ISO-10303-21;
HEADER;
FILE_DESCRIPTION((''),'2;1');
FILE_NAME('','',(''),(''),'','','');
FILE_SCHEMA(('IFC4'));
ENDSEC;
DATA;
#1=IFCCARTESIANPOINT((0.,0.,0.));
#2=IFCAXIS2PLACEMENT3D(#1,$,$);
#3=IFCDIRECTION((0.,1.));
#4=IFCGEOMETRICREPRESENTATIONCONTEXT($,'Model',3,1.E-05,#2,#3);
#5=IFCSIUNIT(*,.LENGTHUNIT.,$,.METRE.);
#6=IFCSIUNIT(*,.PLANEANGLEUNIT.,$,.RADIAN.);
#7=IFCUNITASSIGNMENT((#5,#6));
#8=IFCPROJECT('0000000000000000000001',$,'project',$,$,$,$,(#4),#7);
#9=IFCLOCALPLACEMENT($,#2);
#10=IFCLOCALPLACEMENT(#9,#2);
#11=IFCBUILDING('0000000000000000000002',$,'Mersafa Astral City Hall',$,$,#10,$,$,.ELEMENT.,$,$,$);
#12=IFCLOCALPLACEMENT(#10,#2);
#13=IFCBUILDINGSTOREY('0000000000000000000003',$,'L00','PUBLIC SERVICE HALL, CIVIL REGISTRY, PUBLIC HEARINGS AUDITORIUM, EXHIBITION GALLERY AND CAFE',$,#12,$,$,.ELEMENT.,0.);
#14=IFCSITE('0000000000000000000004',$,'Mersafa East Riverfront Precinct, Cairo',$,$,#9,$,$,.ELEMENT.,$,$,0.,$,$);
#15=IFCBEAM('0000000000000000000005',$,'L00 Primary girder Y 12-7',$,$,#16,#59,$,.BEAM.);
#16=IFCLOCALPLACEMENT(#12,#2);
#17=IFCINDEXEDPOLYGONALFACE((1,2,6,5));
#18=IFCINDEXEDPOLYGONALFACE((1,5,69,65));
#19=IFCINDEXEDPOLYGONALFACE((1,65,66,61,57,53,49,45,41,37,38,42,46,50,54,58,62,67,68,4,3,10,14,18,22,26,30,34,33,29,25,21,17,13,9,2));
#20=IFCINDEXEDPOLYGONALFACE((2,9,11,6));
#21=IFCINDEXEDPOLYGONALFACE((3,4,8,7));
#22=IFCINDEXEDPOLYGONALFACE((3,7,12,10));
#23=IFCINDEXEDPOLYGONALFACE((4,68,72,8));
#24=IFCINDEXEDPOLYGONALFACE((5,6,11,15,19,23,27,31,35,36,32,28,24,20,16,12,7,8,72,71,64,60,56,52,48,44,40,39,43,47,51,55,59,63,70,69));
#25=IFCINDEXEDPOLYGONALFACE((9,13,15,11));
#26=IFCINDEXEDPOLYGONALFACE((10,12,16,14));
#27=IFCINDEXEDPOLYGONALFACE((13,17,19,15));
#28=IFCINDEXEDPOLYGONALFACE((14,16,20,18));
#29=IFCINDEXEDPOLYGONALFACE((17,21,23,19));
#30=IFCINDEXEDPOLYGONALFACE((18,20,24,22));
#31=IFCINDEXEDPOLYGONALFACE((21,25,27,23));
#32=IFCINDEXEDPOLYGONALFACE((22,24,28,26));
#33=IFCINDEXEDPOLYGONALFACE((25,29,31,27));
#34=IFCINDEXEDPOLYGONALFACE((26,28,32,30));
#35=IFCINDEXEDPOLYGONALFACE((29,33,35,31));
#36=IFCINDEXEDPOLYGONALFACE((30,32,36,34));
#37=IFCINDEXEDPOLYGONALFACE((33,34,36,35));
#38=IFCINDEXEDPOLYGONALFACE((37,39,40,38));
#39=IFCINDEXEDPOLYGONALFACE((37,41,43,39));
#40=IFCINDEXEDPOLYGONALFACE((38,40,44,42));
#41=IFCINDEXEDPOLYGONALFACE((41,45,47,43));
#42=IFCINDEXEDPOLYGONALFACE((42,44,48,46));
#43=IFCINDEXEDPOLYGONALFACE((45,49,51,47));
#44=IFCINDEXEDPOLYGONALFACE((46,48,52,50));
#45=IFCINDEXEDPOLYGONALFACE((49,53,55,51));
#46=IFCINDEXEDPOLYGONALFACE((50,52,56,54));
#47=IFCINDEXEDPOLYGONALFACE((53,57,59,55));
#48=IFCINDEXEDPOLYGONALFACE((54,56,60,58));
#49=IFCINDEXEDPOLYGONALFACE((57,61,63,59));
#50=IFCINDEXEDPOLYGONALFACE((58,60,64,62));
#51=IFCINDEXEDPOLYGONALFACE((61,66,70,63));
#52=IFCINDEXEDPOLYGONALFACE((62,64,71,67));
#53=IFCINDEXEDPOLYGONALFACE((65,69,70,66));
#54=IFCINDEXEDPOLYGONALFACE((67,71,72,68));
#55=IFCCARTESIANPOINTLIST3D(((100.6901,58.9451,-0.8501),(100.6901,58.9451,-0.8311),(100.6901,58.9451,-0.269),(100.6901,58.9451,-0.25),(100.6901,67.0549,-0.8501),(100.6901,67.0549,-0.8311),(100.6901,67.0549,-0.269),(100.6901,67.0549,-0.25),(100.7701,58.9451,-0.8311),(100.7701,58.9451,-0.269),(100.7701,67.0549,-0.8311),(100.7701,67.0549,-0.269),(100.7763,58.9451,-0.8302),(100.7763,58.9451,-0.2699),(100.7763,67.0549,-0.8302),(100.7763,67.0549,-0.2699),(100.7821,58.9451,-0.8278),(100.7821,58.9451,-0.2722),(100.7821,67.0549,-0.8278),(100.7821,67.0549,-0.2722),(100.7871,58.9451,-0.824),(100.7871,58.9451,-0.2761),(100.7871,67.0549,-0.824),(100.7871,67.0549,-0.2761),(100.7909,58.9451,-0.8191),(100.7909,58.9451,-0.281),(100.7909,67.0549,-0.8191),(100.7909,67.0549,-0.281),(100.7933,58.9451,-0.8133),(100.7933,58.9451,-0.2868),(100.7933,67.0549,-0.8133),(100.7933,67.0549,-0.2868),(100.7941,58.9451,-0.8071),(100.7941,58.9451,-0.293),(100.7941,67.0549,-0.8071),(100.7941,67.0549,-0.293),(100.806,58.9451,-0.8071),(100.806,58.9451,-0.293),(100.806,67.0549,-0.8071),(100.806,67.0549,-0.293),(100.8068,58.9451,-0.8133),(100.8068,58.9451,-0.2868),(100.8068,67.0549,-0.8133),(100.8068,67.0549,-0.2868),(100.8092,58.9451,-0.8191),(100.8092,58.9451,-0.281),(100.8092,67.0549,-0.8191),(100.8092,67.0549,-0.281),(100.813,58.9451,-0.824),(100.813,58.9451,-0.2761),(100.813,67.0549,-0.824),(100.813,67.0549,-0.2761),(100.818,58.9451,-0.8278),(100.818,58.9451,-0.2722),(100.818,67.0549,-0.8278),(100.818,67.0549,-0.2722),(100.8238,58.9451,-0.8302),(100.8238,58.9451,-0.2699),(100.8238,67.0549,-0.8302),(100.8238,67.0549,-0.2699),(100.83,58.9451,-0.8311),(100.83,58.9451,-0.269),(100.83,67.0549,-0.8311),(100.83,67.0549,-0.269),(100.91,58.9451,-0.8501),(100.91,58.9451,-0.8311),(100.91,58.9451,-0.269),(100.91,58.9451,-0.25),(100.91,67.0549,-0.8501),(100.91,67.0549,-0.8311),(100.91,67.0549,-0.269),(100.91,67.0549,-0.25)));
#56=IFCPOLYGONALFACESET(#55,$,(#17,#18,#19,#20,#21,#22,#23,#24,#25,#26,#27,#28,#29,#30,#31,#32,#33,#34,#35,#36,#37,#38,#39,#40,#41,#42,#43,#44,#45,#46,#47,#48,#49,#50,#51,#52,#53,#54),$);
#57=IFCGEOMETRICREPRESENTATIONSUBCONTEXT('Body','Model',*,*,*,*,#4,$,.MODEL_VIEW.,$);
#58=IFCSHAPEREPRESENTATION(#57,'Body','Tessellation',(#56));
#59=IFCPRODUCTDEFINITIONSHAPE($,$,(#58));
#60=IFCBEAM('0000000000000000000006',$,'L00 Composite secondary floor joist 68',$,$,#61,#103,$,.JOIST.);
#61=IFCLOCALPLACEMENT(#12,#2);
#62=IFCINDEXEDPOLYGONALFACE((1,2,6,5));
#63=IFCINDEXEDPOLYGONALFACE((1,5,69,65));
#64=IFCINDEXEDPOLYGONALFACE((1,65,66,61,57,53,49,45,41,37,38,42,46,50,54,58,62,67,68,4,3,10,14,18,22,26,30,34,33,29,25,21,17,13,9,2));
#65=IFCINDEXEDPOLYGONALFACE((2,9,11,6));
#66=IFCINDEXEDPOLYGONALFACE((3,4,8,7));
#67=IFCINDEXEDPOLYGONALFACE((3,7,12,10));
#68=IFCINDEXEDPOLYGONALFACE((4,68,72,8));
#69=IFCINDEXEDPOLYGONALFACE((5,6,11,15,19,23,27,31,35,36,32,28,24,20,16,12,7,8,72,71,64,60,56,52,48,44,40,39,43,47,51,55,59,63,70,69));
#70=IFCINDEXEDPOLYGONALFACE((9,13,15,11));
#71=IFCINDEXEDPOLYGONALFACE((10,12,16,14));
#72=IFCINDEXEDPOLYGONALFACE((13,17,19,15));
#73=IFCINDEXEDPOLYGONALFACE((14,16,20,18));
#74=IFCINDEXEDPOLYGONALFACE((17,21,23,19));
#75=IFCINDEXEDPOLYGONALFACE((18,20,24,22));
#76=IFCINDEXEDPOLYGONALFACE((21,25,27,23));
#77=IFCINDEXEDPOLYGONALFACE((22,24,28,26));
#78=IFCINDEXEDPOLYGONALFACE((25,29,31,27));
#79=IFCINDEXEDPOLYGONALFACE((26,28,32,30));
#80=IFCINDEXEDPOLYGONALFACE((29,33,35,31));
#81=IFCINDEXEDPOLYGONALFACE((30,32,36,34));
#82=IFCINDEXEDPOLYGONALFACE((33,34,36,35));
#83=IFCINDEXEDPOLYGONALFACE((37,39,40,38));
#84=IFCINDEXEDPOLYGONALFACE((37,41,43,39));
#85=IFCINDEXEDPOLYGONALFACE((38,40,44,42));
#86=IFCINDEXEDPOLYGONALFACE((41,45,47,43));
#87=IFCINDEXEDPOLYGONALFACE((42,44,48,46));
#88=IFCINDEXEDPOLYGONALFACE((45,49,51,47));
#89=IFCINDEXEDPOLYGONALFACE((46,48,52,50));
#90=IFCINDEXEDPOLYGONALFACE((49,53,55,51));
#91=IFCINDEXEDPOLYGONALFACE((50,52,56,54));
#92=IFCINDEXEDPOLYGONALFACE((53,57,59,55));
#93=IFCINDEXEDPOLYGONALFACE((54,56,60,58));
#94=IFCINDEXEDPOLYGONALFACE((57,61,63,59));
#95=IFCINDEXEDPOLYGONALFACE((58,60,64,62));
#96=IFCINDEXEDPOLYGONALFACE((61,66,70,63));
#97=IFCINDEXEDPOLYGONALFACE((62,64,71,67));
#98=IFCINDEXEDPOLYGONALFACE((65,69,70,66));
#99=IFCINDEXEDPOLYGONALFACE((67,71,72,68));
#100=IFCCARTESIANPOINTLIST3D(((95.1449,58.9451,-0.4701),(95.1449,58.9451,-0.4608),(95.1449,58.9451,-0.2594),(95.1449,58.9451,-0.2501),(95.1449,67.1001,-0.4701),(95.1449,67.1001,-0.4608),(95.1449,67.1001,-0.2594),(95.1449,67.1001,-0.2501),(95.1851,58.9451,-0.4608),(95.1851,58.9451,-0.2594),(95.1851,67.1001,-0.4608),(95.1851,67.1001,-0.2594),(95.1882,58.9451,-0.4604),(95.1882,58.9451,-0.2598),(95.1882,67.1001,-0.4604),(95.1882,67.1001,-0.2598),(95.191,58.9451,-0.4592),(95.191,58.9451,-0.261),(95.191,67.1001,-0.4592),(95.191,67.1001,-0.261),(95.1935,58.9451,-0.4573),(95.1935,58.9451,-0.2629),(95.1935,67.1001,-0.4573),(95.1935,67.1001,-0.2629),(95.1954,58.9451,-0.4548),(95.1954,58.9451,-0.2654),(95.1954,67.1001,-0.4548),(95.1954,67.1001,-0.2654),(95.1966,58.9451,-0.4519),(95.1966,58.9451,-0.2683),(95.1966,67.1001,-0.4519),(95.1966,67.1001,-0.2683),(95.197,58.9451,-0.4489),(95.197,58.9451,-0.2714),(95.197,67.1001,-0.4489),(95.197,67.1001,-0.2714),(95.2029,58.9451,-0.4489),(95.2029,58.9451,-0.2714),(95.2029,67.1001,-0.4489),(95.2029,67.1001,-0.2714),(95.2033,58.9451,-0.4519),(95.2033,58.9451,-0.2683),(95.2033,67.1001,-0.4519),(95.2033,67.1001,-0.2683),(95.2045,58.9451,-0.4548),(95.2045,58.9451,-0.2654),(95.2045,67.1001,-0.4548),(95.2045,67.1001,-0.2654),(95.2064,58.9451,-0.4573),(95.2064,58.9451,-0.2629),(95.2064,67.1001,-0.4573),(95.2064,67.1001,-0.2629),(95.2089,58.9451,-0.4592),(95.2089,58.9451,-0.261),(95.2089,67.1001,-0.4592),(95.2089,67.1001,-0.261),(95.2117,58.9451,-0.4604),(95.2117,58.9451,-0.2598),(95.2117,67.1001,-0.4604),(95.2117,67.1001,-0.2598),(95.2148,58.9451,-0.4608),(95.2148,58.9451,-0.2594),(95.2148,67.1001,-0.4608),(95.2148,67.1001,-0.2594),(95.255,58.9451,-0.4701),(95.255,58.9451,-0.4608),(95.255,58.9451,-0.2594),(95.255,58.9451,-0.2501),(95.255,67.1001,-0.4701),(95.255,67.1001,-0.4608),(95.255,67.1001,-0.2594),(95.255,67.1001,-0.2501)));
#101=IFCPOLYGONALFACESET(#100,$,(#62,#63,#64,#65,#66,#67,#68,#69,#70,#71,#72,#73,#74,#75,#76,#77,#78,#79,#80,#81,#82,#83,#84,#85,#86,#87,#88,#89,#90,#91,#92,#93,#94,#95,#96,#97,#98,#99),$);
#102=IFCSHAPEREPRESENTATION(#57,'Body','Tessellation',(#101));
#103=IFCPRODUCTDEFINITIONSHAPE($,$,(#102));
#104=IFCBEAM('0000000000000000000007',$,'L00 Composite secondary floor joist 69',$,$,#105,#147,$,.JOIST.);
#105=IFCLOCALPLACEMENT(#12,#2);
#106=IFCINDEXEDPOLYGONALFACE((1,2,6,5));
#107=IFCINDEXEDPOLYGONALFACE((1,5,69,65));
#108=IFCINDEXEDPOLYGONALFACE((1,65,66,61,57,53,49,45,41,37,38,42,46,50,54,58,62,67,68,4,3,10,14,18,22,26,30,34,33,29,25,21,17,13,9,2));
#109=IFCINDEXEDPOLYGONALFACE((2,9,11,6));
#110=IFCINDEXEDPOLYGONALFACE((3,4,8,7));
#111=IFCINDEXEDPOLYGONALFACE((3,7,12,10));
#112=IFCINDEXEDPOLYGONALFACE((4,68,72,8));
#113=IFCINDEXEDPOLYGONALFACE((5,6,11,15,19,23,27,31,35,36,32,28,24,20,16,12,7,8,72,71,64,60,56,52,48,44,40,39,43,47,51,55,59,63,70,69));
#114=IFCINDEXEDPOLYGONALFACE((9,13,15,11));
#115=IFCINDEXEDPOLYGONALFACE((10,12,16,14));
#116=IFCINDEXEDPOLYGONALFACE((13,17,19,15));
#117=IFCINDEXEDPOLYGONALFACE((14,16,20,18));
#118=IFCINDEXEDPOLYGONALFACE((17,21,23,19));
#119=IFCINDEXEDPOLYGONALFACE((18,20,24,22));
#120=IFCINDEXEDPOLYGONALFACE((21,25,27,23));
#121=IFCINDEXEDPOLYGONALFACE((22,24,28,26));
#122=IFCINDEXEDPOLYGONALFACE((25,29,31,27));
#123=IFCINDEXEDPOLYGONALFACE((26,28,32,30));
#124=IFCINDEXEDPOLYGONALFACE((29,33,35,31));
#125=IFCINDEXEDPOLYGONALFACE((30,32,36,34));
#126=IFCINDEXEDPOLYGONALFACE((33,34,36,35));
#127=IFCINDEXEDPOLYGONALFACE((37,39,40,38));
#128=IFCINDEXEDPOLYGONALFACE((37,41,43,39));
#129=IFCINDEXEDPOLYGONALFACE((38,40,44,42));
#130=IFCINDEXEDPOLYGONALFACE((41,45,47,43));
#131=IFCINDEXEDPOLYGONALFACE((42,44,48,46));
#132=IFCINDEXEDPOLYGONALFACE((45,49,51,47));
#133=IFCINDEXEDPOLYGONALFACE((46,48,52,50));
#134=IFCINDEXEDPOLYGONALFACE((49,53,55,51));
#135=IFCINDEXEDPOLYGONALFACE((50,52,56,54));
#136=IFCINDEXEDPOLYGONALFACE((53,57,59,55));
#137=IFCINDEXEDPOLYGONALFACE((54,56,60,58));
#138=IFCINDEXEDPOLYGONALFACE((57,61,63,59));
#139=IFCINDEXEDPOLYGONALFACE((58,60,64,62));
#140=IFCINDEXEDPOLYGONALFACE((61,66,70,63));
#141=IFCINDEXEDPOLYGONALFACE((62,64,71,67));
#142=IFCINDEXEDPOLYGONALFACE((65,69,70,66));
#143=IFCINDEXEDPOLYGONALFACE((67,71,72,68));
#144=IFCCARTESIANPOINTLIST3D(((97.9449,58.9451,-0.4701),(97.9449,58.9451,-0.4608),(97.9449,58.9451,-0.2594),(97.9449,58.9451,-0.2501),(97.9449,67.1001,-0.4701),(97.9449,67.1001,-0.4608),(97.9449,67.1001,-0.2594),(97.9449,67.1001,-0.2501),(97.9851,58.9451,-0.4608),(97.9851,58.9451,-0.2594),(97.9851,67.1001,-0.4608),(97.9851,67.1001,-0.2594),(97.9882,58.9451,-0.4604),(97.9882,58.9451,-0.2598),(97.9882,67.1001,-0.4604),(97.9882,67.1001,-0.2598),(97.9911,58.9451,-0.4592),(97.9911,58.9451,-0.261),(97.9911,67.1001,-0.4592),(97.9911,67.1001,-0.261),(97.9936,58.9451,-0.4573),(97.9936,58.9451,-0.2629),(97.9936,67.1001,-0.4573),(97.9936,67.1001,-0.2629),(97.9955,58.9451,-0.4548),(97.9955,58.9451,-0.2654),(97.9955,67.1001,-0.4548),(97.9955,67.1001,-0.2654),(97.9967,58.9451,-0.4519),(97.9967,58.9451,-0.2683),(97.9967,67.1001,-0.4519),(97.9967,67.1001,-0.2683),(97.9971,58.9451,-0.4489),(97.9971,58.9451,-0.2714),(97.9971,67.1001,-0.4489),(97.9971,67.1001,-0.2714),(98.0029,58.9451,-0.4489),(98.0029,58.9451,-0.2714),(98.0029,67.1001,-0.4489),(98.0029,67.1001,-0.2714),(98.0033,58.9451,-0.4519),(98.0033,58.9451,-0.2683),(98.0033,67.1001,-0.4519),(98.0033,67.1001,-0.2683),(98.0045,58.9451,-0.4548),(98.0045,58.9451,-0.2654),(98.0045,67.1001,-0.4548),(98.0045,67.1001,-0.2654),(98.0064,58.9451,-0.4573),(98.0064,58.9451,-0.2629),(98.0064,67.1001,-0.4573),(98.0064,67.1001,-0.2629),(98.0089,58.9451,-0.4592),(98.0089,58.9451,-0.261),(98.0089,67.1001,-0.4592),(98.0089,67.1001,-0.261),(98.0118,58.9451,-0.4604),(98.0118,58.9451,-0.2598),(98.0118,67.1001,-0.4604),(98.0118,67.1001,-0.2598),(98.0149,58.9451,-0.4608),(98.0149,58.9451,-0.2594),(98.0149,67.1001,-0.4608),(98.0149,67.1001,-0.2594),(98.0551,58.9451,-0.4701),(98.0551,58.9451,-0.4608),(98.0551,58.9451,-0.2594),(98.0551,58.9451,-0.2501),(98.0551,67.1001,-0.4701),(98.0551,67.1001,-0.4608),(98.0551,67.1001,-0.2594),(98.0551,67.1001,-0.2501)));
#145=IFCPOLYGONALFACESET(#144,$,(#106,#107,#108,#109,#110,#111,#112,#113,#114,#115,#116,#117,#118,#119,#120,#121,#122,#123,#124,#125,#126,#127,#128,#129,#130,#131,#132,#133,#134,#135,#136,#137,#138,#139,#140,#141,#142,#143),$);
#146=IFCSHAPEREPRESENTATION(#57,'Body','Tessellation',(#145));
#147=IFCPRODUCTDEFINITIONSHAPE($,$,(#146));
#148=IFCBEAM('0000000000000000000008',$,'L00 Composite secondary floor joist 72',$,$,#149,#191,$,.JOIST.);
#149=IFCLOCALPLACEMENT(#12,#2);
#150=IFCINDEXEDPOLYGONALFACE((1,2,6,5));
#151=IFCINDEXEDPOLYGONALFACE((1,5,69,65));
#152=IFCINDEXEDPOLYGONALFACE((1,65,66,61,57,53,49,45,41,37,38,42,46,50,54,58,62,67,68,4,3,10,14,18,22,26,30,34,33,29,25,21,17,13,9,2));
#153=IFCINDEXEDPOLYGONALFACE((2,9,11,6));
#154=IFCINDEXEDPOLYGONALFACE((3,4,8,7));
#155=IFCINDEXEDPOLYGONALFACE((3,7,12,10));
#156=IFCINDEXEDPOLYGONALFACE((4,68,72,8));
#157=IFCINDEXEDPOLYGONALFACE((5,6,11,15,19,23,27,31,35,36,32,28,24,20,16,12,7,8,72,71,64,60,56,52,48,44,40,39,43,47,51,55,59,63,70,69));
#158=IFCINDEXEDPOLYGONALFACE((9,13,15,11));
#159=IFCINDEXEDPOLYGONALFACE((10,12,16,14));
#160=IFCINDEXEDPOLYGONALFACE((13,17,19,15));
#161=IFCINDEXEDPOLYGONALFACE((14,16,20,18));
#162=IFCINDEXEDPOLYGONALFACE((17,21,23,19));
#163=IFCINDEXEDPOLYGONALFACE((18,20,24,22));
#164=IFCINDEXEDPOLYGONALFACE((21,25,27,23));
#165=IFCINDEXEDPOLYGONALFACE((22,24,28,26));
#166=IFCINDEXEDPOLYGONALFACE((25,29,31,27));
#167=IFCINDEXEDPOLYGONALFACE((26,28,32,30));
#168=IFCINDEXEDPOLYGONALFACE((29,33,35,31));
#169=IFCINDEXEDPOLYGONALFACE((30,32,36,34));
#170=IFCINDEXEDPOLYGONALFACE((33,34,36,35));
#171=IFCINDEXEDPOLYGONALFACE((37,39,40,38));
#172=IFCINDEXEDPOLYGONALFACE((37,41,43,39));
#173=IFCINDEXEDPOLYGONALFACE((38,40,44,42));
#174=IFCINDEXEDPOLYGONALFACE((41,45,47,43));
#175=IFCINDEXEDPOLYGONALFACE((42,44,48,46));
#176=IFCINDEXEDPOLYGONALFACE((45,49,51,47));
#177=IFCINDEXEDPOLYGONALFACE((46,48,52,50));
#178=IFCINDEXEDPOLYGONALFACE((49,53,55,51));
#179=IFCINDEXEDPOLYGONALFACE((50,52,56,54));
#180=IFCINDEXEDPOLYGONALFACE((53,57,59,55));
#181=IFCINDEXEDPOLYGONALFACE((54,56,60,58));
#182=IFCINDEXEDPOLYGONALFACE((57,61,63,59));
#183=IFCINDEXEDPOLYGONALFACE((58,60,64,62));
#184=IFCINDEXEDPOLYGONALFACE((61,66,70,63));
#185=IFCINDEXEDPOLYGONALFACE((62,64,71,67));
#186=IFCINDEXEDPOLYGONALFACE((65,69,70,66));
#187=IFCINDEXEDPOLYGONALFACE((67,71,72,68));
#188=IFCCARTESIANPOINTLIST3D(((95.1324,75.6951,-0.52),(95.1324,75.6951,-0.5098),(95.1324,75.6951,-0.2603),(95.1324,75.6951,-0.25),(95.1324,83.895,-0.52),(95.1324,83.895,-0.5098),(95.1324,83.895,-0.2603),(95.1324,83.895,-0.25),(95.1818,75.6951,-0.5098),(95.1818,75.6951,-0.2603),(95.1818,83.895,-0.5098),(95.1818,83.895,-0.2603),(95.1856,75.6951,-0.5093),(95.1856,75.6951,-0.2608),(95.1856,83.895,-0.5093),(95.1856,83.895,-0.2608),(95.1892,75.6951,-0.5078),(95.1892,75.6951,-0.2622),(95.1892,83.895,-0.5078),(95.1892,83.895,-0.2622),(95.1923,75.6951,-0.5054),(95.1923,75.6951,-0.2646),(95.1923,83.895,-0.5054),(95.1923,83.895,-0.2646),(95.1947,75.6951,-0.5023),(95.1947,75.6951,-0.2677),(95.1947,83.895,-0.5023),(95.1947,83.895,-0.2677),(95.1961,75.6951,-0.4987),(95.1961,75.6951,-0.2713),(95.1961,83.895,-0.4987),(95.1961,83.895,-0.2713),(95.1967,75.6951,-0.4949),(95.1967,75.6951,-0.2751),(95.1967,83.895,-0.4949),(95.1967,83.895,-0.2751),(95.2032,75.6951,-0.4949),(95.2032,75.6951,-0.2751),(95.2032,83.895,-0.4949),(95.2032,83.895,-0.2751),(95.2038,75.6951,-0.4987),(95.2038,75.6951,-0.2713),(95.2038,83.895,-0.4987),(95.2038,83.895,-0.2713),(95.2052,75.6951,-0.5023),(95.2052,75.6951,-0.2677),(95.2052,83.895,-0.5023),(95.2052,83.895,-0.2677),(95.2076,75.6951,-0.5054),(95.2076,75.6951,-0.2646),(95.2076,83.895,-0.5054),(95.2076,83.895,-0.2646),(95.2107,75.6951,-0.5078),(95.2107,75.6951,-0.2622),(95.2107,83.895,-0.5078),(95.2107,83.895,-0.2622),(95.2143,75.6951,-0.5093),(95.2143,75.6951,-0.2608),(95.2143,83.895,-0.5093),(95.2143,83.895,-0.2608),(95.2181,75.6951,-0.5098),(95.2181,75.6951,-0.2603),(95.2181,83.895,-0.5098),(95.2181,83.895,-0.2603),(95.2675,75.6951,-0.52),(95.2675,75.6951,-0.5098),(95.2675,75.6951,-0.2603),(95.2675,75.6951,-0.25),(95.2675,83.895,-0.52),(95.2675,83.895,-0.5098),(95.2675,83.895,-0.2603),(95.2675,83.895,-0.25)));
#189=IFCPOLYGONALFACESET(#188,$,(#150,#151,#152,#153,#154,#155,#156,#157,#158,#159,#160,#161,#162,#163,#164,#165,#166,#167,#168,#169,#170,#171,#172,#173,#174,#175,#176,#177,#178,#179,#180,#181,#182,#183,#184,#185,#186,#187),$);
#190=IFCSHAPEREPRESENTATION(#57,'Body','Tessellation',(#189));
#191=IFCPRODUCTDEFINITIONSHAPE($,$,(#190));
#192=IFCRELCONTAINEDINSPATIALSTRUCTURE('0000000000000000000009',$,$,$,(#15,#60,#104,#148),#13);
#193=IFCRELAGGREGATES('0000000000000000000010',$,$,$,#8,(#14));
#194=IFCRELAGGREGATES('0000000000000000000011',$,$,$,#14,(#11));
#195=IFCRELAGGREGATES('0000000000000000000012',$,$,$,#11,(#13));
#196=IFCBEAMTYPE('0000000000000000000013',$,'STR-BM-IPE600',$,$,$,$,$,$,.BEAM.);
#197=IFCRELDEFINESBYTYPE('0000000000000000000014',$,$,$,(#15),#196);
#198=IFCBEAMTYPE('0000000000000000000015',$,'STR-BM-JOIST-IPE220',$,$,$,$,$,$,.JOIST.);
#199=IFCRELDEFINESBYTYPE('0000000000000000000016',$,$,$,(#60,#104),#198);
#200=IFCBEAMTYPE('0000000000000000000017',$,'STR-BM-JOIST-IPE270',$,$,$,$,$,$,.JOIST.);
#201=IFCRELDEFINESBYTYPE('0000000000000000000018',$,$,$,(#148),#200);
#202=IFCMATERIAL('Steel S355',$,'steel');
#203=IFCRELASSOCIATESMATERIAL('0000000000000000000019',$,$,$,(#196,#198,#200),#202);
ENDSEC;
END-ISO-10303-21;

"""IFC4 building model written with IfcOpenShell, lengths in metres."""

from ifc_helpers import new_model, si_unit, direction, frame, origin, origin_2d, place, context, subcontext, project, spatial, i_section, extrude, material, material_profile, profile_set, type_object, element, save


model = new_model("IFC4")

# Units and contexts
model_context = context("Model", 3, precision=1e-05, world=origin(), true_north=direction((0.0, 1.0)))
body_context = subcontext(model_context, "Body", "Model", "MODEL_VIEW")
ifc_project = project(units=[si_unit("LENGTHUNIT", "METRE"), si_unit("PLANEANGLEUNIT", "RADIAN")], contexts=[model_context])

# Site, building, storey
site_placement = place(None, origin())
site = spatial("IfcSite", under=ifc_project, at=site_placement, Name="Mersafa East Riverfront Precinct, Cairo", CompositionType="ELEMENT", RefElevation=0.0)
building_placement = place(site_placement, origin())
building = spatial("IfcBuilding", under=site, at=building_placement, Name="Mersafa Astral City Hall", CompositionType="ELEMENT")
storey_placement = place(building_placement, origin())
storey = spatial("IfcBuildingStorey", under=building, at=storey_placement, Name="L00", Description="PUBLIC SERVICE HALL, CIVIL REGISTRY, PUBLIC HEARINGS AUDITORIUM, EXHIBITION GALLERY AND CAFE", CompositionType="ELEMENT", Elevation=0.0)

# Shared definitions
ifc_material_1 = material(Name="Steel S355", Category="steel")

# Beams
ifc_material_profile_1 = material_profile(ifc_material_1, i_section(OverallWidth=0.22, OverallDepth=0.6001, WebThickness=0.012, FlangeThickness=0.019, FilletRadius=0.0239, at=origin_2d()), Name="IPE 600")
ifc_profile_set_1 = profile_set([ifc_material_profile_1], Name="Steel S355")
beam_type_1 = type_object("IfcBeamType", Name="STR-BM-IPE600", PredefinedType="BEAM", material=ifc_profile_set_1)
beam_1_placement = place(storey_placement, frame((100.8, 58.9451, -0.55), z_axis=(0.0, 1.0, 0.0), x_axis=(-1.0, 0.0, 0.0)))
element("IfcBeam", 1, at=beam_1_placement, inside=storey, type_object=beam_type_1, Name="L00 Primary girder Y 12-7", PredefinedType="BEAM", context=body_context, shape_type="SweptSolid", body=[
    extrude(i_section(OverallWidth=0.22, OverallDepth=0.6001, WebThickness=0.012, FlangeThickness=0.019, FilletRadius=0.0239, at=origin_2d()), origin(), (0.0, 0.0, 1.0), 8.1099),
])
ifc_material_profile_2 = material_profile(ifc_material_1, i_section(OverallWidth=0.1101, OverallDepth=0.22, WebThickness=0.0059, FlangeThickness=0.0093, FilletRadius=0.012, at=origin_2d()), Name="IPE 220")
ifc_profile_set_2 = profile_set([ifc_material_profile_2], Name="Steel S355")
beam_type_2 = type_object("IfcBeamType", Name="STR-BM-JOIST-IPE220", PredefinedType="JOIST", material=ifc_profile_set_2)
for number, where, z_axis, x_axis, name in (
    (2, (95.2, 58.9451, -0.3601), (0.0, 1.0, 0.0), (-1.0, 0.0, 0.0), "L00 Composite secondary floor joist 68"),
    (3, (98.0, 58.9451, -0.3601), (0.0, 1.0, 0.0), (-1.0, 0.0, 0.0), "L00 Composite secondary floor joist 69"),
):
    element("IfcBeam", number, at=place(storey_placement, frame(where, z_axis=z_axis, x_axis=x_axis)), inside=storey, type_object=beam_type_2, Name=name, PredefinedType="JOIST", context=body_context, shape_type="SweptSolid", body=[
        extrude(i_section(OverallWidth=0.1101, OverallDepth=0.22, WebThickness=0.0059, FlangeThickness=0.0093, FilletRadius=0.012, at=origin_2d()), origin(), (0.0, 0.0, 1.0), 8.155),
    ])
ifc_material_profile_3 = material_profile(ifc_material_1, i_section(OverallWidth=0.135, OverallDepth=0.27, WebThickness=0.0066, FlangeThickness=0.0103, FilletRadius=0.0149, at=origin_2d()), Name="IPE 270")
ifc_profile_set_3 = profile_set([ifc_material_profile_3], Name="Steel S355")
beam_type_3 = type_object("IfcBeamType", Name="STR-BM-JOIST-IPE270", PredefinedType="JOIST", material=ifc_profile_set_3)
for number, where, z_axis, x_axis, name in (
    (4, (95.2, 75.6951, -0.385), (0.0, 1.0, 0.0), (-1.0, 0.0, 0.0), "L00 Composite secondary floor joist 72"),
):
    element("IfcBeam", number, at=place(storey_placement, frame(where, z_axis=z_axis, x_axis=x_axis)), inside=storey, type_object=beam_type_3, Name=name, PredefinedType="JOIST", context=body_context, shape_type="SweptSolid", body=[
        extrude(i_section(OverallWidth=0.135, OverallDepth=0.27, WebThickness=0.0066, FlangeThickness=0.0103, FilletRadius=0.0149, at=origin_2d()), origin(), (0.0, 0.0, 1.0), 8.2),
    ])

save(model, "model.ifc")
